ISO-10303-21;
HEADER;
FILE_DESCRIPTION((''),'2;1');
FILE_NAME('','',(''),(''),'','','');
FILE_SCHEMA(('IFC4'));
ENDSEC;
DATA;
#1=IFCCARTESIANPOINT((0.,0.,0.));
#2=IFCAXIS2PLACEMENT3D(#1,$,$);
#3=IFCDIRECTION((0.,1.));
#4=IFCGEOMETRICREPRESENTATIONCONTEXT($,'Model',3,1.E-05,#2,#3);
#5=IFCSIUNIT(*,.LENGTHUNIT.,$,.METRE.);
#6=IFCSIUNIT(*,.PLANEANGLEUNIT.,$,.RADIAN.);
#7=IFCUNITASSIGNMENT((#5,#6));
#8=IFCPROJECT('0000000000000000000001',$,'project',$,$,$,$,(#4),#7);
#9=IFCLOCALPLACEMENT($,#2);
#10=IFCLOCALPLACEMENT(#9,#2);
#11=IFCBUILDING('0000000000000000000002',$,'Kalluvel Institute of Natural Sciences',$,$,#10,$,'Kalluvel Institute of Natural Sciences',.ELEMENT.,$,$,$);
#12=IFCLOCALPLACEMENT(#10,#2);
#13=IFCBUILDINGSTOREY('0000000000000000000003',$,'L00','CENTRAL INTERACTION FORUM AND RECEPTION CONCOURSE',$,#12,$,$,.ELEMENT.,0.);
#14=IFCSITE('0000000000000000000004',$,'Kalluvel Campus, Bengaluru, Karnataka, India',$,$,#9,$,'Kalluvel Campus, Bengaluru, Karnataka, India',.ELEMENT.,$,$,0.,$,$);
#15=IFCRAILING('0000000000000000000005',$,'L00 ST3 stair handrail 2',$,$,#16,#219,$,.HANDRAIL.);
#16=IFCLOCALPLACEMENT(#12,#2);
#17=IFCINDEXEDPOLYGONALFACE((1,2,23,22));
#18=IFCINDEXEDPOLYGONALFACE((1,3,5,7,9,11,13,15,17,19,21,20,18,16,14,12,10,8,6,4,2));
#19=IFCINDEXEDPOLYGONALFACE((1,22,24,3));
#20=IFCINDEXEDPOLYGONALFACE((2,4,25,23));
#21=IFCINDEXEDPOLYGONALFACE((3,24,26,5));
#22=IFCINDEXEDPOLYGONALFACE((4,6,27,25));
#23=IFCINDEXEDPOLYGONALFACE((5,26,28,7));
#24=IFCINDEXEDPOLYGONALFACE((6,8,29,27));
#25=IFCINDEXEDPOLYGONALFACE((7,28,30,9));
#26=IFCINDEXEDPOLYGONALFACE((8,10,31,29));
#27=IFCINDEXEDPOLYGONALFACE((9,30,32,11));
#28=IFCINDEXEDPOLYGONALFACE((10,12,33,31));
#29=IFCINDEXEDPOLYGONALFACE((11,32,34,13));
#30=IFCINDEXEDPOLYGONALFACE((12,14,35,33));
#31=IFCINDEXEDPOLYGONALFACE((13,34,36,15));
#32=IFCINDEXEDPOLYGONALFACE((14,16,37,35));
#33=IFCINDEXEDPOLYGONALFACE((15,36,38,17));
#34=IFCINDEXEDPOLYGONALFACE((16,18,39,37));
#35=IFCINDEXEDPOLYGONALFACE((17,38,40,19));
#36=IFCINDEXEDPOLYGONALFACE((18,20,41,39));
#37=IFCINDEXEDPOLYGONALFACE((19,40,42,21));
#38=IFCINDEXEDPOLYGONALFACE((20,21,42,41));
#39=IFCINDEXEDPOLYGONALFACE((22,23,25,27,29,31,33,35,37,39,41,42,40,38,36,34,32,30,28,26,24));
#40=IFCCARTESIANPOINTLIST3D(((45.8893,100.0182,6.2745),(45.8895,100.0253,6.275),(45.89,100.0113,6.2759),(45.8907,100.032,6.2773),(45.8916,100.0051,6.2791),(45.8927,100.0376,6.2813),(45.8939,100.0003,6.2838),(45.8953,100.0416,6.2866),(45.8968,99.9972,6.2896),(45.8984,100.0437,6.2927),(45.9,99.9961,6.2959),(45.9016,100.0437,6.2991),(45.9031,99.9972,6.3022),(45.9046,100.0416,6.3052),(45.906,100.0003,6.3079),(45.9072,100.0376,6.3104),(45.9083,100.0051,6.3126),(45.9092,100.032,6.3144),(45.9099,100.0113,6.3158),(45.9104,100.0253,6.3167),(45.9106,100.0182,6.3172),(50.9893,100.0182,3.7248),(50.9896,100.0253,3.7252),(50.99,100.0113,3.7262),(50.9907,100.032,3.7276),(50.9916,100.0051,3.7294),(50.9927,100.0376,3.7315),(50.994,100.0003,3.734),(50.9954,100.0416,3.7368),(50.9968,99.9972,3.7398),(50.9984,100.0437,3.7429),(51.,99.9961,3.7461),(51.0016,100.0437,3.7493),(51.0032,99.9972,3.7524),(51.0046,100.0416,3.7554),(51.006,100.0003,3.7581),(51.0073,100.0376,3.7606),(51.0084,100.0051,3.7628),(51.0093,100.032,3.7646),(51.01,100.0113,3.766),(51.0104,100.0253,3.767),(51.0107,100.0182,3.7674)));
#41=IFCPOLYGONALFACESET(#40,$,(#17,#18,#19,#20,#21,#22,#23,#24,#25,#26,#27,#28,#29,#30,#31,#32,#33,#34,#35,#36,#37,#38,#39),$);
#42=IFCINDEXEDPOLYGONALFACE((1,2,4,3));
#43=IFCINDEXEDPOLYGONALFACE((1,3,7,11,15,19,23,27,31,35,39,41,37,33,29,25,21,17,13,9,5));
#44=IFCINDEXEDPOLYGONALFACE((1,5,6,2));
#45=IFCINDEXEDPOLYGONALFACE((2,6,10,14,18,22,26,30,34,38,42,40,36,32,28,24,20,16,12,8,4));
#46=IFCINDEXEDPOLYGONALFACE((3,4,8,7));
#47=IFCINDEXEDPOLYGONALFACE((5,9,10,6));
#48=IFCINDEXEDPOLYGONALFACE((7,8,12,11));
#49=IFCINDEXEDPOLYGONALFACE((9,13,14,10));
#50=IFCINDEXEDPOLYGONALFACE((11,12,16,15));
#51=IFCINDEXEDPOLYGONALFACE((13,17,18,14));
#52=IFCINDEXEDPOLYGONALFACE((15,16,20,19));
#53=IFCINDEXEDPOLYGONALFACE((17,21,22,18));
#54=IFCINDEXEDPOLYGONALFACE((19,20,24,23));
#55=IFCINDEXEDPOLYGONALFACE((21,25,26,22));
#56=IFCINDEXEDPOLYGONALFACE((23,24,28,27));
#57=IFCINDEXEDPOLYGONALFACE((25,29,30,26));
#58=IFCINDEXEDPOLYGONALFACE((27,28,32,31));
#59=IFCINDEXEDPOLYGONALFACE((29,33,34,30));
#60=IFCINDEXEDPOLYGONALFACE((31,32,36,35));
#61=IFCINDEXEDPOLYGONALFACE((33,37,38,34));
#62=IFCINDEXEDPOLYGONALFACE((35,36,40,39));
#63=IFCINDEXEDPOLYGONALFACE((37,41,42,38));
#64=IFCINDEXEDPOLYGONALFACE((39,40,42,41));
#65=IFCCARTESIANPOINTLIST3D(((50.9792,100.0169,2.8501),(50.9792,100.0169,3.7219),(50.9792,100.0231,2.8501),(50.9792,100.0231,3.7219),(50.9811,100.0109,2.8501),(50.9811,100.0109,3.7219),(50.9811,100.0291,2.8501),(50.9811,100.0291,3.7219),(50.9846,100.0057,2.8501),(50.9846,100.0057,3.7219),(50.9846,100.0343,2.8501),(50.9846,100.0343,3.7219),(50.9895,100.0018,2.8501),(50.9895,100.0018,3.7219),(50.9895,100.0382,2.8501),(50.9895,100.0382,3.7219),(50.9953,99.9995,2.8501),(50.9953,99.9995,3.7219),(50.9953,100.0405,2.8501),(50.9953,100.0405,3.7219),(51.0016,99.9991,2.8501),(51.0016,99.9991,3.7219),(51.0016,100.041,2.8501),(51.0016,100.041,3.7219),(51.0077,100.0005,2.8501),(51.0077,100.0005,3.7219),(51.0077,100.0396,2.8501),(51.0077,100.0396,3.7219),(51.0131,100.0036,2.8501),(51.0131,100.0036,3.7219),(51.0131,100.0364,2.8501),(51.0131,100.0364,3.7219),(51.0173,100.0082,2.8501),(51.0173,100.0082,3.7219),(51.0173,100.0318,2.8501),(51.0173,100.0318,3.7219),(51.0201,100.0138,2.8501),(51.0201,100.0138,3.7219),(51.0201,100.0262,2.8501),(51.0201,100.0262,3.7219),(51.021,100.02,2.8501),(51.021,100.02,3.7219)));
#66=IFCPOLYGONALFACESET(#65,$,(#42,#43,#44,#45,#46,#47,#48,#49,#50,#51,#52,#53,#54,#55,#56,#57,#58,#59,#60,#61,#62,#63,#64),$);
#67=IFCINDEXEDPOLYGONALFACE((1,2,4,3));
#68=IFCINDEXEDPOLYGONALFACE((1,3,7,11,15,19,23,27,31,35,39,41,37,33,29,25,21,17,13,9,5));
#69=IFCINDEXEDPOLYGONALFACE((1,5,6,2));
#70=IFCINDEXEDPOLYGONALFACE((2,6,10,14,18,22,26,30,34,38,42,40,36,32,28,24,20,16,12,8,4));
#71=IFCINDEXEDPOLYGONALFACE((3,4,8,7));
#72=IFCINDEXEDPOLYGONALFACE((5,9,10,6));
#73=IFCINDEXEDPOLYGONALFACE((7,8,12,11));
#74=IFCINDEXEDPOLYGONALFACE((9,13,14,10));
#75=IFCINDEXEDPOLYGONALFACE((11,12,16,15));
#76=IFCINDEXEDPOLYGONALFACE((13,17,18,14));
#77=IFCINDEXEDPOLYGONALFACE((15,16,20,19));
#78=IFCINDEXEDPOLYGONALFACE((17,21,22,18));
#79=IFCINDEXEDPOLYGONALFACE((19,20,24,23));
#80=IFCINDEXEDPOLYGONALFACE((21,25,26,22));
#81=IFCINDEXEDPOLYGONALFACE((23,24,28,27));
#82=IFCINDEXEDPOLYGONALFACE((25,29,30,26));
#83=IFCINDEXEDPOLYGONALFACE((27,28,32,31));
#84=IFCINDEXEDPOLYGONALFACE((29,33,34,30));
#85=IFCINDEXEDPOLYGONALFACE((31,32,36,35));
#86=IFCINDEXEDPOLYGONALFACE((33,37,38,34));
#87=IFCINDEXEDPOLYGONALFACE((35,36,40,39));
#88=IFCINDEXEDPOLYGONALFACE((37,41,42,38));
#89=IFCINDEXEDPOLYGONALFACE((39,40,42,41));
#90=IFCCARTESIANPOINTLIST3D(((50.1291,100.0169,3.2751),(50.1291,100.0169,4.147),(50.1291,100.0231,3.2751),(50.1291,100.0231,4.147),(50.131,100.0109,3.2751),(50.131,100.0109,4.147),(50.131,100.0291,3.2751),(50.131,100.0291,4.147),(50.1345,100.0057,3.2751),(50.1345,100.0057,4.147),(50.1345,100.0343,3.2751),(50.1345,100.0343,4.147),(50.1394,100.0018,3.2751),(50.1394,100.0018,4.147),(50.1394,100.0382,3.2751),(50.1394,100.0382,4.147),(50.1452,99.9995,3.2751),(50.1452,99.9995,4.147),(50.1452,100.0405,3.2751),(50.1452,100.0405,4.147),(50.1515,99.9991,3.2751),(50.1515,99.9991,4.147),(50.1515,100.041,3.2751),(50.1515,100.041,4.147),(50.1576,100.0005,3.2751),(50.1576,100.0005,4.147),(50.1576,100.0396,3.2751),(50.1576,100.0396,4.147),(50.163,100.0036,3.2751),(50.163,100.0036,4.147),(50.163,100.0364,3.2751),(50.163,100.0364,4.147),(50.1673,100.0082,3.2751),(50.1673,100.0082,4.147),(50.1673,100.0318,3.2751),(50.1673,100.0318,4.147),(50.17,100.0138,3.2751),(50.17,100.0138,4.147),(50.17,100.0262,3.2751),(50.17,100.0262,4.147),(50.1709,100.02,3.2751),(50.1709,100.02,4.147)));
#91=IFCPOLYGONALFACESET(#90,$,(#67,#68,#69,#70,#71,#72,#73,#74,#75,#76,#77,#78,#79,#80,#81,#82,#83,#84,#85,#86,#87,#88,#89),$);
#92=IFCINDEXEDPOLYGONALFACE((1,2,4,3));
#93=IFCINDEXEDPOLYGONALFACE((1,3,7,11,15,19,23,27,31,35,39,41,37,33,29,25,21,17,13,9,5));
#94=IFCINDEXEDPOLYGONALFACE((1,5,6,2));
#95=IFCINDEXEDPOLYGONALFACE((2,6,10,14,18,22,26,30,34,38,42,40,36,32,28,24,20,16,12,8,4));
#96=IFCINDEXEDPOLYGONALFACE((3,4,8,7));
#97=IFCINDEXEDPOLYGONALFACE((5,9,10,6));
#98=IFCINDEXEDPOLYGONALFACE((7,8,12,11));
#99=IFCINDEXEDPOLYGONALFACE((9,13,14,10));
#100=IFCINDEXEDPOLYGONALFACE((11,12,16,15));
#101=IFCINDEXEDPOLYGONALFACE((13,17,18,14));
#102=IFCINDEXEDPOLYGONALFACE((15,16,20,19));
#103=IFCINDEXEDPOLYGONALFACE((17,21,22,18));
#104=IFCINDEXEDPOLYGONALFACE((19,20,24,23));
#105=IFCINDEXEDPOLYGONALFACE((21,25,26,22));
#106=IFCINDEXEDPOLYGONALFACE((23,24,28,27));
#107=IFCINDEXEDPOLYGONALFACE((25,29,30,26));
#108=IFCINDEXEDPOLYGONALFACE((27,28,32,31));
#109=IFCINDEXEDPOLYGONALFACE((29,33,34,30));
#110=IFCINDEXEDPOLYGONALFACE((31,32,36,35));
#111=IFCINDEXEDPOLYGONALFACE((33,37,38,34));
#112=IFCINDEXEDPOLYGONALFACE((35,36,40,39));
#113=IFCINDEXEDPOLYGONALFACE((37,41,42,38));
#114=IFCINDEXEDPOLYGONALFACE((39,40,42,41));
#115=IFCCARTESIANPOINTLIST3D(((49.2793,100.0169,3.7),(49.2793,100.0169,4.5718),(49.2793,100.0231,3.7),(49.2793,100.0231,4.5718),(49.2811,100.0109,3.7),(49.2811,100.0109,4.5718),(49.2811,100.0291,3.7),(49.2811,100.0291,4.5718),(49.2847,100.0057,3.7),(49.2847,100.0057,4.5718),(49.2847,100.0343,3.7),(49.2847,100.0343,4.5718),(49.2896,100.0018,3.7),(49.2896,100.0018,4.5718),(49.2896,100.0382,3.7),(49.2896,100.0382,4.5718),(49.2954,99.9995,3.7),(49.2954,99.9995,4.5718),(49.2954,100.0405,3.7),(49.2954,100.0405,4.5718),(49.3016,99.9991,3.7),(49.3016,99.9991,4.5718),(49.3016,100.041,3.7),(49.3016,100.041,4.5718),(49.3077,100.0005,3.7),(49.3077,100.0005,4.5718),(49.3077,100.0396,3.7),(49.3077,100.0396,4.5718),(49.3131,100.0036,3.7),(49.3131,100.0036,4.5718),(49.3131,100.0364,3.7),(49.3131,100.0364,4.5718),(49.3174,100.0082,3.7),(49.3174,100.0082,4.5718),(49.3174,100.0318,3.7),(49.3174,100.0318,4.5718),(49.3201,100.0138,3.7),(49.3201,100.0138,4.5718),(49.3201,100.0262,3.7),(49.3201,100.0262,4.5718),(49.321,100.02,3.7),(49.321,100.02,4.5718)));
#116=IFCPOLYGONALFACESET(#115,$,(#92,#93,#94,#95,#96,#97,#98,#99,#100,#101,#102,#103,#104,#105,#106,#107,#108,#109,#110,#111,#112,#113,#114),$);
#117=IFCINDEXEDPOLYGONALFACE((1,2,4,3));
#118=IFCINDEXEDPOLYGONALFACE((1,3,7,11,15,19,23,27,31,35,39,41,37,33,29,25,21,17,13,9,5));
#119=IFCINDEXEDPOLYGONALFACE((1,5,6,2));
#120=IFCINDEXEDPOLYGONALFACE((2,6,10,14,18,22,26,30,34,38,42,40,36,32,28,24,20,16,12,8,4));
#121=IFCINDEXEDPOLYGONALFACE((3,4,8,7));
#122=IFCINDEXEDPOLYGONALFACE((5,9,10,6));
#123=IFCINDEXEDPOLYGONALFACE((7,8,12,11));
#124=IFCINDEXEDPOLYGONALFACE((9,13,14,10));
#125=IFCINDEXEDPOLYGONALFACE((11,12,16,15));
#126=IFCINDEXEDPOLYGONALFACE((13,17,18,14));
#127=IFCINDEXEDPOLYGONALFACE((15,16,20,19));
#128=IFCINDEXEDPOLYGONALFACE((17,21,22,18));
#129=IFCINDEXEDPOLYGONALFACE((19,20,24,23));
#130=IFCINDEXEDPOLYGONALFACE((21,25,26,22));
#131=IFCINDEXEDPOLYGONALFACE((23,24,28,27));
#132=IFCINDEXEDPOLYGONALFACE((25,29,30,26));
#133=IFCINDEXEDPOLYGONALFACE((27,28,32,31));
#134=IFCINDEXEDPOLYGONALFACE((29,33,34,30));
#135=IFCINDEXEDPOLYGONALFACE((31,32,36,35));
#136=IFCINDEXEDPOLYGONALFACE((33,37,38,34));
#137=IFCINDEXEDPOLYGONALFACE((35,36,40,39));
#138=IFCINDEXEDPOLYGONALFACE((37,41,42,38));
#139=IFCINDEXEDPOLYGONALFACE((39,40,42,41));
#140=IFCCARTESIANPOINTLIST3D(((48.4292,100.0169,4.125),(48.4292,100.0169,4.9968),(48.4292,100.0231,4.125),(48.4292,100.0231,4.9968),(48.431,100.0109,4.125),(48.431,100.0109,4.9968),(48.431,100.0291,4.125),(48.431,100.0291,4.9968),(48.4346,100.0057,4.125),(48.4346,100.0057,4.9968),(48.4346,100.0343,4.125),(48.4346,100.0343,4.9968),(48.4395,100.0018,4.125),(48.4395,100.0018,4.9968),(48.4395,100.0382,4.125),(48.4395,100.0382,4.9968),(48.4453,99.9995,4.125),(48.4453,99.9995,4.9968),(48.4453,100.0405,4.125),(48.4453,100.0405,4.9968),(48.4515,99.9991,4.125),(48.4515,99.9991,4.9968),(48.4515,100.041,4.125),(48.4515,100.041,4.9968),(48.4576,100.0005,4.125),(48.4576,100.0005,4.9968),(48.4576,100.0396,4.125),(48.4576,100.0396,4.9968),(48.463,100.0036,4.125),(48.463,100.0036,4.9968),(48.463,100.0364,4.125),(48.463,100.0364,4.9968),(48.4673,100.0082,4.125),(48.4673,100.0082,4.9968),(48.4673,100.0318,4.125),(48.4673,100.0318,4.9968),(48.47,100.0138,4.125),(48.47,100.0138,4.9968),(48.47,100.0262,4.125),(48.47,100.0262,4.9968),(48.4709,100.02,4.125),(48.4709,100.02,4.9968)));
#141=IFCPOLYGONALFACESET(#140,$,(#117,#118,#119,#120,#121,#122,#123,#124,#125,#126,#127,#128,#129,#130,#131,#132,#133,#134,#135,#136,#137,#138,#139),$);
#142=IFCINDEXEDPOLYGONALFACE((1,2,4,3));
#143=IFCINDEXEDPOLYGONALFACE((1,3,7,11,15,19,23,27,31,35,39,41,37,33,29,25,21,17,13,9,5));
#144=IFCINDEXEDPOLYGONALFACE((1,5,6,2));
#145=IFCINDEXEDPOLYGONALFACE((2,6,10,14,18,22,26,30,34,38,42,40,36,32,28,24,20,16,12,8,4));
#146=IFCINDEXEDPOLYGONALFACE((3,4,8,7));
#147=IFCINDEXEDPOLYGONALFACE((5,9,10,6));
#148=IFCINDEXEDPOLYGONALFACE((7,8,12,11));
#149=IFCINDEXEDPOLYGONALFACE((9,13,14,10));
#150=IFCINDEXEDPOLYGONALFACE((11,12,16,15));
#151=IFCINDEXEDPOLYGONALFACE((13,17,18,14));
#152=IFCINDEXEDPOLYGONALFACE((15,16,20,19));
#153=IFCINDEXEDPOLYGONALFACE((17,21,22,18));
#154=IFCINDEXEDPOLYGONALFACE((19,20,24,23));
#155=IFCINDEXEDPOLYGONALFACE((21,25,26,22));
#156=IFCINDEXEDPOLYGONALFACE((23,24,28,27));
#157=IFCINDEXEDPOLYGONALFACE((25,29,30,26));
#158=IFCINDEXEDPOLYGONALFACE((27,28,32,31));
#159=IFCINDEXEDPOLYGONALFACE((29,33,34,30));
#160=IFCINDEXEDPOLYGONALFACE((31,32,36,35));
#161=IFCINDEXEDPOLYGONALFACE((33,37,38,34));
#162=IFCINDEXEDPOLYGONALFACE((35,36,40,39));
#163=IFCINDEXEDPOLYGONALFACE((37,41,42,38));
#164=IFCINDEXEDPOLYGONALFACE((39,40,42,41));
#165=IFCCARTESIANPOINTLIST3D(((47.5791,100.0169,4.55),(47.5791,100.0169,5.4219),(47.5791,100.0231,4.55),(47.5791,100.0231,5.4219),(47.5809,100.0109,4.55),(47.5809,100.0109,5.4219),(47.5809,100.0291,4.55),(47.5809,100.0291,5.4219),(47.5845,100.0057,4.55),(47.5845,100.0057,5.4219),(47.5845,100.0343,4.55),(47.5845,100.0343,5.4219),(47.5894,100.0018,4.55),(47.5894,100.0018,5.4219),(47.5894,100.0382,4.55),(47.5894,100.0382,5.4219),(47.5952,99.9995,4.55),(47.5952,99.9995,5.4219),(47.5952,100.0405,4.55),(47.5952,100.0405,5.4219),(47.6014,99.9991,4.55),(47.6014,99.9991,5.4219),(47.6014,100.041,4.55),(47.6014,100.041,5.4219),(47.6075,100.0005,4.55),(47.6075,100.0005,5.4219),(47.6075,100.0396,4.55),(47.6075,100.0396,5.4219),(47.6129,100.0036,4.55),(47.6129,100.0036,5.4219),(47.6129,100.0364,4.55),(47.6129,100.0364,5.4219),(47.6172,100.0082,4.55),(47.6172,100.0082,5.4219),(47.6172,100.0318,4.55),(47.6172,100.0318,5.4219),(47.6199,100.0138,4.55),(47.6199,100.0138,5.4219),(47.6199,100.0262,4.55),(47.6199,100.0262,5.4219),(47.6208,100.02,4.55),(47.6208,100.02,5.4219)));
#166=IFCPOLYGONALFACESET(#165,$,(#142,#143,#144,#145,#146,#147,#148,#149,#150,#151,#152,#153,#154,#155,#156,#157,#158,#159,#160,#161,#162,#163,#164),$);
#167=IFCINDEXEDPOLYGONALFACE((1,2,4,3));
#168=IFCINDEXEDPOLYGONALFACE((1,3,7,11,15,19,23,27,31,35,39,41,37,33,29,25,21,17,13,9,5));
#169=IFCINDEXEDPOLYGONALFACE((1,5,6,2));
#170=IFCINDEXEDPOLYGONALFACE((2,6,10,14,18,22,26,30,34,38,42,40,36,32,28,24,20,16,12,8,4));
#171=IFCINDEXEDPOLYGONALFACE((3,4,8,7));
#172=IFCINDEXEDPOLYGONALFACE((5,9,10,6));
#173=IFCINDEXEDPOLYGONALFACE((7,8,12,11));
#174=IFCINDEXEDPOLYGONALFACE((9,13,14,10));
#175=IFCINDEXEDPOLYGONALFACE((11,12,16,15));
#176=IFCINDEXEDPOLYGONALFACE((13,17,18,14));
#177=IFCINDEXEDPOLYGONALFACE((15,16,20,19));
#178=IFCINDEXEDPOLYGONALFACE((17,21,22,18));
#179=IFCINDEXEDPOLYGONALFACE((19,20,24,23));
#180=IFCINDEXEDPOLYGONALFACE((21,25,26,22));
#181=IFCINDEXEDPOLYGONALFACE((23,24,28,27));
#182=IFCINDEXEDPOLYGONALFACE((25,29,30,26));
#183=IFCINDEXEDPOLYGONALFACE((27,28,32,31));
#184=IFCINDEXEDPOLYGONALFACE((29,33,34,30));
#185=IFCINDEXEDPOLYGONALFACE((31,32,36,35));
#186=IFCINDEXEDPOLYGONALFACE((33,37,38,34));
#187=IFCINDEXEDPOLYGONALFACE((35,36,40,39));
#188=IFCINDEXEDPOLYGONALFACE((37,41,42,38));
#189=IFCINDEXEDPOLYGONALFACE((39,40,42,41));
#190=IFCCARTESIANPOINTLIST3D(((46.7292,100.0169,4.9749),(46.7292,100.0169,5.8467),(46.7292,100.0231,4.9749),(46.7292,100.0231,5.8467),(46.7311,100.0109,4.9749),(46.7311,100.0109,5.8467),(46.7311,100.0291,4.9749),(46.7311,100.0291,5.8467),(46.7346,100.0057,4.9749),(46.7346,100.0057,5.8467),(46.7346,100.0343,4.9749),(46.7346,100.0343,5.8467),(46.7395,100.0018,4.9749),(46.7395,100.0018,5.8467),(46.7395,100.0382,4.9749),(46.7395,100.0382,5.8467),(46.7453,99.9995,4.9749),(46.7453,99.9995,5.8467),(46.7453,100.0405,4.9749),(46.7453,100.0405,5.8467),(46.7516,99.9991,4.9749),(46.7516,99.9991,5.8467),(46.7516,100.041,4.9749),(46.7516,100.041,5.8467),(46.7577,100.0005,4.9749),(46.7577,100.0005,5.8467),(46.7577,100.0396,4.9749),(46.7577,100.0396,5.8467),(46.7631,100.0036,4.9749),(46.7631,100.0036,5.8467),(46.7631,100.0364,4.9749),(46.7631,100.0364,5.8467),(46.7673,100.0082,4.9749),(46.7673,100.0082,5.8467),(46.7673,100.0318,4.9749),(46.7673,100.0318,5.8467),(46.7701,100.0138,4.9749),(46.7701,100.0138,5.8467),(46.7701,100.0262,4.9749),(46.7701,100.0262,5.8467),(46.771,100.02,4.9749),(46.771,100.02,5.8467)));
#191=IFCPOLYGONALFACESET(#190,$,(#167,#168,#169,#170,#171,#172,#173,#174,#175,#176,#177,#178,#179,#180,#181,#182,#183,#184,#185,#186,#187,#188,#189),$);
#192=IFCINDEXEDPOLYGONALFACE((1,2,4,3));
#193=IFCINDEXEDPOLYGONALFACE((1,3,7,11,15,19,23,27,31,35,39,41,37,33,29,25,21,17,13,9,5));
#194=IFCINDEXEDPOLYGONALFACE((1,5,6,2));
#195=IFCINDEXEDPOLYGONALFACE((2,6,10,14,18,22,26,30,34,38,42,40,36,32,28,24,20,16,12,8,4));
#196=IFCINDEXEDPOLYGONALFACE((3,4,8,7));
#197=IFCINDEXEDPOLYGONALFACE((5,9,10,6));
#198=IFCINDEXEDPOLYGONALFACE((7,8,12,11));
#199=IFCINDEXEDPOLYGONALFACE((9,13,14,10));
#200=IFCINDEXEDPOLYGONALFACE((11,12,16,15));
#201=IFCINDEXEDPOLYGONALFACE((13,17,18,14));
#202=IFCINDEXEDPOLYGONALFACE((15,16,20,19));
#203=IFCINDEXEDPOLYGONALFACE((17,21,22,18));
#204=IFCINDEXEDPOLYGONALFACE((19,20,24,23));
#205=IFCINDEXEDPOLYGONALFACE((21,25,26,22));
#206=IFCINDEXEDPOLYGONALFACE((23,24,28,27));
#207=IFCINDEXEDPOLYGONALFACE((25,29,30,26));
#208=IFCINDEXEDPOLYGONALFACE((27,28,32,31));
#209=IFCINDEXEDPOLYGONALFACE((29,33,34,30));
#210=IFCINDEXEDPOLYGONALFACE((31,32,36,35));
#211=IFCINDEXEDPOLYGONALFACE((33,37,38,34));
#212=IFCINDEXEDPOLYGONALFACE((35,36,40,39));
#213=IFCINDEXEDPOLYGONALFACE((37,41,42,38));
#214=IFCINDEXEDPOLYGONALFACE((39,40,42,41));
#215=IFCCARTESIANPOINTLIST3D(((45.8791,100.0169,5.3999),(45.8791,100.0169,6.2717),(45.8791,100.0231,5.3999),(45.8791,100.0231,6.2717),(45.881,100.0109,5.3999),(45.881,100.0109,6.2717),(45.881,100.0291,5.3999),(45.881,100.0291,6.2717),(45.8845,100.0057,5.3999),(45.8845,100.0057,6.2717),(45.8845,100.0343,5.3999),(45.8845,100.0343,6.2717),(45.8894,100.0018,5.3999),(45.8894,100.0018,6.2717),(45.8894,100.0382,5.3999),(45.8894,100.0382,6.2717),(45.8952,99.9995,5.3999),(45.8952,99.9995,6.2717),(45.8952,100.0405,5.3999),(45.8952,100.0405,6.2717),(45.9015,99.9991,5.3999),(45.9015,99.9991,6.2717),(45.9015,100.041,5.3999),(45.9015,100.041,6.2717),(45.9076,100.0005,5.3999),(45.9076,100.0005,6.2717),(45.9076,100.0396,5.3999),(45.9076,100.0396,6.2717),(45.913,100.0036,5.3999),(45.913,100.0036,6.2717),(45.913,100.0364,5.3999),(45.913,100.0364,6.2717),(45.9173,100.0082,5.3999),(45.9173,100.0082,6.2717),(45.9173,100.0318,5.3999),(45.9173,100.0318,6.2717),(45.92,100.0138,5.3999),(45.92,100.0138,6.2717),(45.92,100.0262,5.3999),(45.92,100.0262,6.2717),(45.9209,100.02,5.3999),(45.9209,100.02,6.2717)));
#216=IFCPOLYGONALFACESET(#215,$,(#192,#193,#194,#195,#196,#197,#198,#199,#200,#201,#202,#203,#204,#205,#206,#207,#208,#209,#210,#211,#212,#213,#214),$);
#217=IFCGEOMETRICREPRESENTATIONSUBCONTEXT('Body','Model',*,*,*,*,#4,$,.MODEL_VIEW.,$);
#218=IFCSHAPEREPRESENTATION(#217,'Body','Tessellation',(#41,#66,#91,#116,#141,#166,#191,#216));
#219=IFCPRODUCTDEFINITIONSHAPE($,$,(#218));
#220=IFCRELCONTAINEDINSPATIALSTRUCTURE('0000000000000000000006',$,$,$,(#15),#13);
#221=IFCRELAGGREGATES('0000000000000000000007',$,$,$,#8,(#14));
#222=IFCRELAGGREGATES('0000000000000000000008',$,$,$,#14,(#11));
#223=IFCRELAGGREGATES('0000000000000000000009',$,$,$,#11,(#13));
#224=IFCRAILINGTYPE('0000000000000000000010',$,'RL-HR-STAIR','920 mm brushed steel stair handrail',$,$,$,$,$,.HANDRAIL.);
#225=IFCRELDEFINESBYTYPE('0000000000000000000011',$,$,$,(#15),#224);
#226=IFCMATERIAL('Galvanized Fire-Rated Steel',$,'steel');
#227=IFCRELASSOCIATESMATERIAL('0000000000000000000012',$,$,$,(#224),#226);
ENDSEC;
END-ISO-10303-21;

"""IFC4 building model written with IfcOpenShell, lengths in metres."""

from ifc_helpers import new_model, si_unit, direction, frame, origin, origin_2d, place, context, subcontext, project, spatial, circle, extrude, material, type_object, element, save


model = new_model("IFC4")

# Units and contexts
model_context = context("Model", 3, precision=1e-05, world=origin(), true_north=direction((0.0, 1.0)))
body_context = subcontext(model_context, "Body", "Model", "MODEL_VIEW")
ifc_project = project(units=[si_unit("LENGTHUNIT", "METRE"), si_unit("PLANEANGLEUNIT", "RADIAN")], contexts=[model_context])

# Site, building, storey
site_placement = place(None, origin())
site = spatial("IfcSite", under=ifc_project, at=site_placement, Name="Kalluvel Campus, Bengaluru, Karnataka, India", LongName="Kalluvel Campus, Bengaluru, Karnataka, India", CompositionType="ELEMENT", RefElevation=0.0)
building_placement = place(site_placement, origin())
building = spatial("IfcBuilding", under=site, at=building_placement, Name="Kalluvel Institute of Natural Sciences", LongName="Kalluvel Institute of Natural Sciences", CompositionType="ELEMENT")
storey_placement = place(building_placement, origin())
storey = spatial("IfcBuildingStorey", under=building, at=storey_placement, Name="L00", Description="CENTRAL INTERACTION FORUM AND RECEPTION CONCOURSE", CompositionType="ELEMENT", Elevation=0.0)

# Shared definitions
ifc_material_1 = material(Name="Galvanized Fire-Rated Steel", Category="steel")

# Railing
railing_type_1 = type_object("IfcRailingType", Name="RL-HR-STAIR", Description="920 mm brushed steel stair handrail", PredefinedType="HANDRAIL", material=ifc_material_1)
railing_1_placement = place(storey_placement, frame((51.0, 100.02, 2.8501)))
element("IfcRailing", 1, at=railing_1_placement, inside=storey, type_object=railing_type_1, Name="L00 ST3 stair handrail 2", PredefinedType="HANDRAIL", context=body_context, shape_type="SweptSolid", body=[
    extrude(circle(Radius=0.0239, at=origin_2d()), frame((0.0, 0.0, 0.896), z_axis=(-0.894444, 0.0, 0.447179), x_axis=(0.0, -1.0, 0.0)), (0.0, 0.0, 1.0), 5.7019),
    extrude(circle(Radius=0.021, at=origin_2d()), origin(), (0.0, 0.0, 1.0), 0.8718),
    extrude(circle(Radius=0.021, at=origin_2d()), frame((-0.8501, 0.0, 0.425)), (0.0, 0.0, 1.0), 0.8718),
    extrude(circle(Radius=0.021, at=origin_2d()), frame((-1.7, 0.0, 0.8499)), (0.0, 0.0, 1.0), 0.8718),
    extrude(circle(Radius=0.021, at=origin_2d()), frame((-2.55, 0.0, 1.2749)), (0.0, 0.0, 1.0), 0.8718),
    extrude(circle(Radius=0.021, at=origin_2d()), frame((-3.4001, 0.0, 1.7)), (0.0, 0.0, 1.0), 0.8718),
    extrude(circle(Radius=0.021, at=origin_2d()), frame((-4.25, 0.0, 2.1248)), (0.0, 0.0, 1.0), 0.8718),
    extrude(circle(Radius=0.021, at=origin_2d()), frame((-5.1001, 0.0, 2.5498)), (0.0, 0.0, 1.0), 0.8718),
])

save(model, "model.ifc")
